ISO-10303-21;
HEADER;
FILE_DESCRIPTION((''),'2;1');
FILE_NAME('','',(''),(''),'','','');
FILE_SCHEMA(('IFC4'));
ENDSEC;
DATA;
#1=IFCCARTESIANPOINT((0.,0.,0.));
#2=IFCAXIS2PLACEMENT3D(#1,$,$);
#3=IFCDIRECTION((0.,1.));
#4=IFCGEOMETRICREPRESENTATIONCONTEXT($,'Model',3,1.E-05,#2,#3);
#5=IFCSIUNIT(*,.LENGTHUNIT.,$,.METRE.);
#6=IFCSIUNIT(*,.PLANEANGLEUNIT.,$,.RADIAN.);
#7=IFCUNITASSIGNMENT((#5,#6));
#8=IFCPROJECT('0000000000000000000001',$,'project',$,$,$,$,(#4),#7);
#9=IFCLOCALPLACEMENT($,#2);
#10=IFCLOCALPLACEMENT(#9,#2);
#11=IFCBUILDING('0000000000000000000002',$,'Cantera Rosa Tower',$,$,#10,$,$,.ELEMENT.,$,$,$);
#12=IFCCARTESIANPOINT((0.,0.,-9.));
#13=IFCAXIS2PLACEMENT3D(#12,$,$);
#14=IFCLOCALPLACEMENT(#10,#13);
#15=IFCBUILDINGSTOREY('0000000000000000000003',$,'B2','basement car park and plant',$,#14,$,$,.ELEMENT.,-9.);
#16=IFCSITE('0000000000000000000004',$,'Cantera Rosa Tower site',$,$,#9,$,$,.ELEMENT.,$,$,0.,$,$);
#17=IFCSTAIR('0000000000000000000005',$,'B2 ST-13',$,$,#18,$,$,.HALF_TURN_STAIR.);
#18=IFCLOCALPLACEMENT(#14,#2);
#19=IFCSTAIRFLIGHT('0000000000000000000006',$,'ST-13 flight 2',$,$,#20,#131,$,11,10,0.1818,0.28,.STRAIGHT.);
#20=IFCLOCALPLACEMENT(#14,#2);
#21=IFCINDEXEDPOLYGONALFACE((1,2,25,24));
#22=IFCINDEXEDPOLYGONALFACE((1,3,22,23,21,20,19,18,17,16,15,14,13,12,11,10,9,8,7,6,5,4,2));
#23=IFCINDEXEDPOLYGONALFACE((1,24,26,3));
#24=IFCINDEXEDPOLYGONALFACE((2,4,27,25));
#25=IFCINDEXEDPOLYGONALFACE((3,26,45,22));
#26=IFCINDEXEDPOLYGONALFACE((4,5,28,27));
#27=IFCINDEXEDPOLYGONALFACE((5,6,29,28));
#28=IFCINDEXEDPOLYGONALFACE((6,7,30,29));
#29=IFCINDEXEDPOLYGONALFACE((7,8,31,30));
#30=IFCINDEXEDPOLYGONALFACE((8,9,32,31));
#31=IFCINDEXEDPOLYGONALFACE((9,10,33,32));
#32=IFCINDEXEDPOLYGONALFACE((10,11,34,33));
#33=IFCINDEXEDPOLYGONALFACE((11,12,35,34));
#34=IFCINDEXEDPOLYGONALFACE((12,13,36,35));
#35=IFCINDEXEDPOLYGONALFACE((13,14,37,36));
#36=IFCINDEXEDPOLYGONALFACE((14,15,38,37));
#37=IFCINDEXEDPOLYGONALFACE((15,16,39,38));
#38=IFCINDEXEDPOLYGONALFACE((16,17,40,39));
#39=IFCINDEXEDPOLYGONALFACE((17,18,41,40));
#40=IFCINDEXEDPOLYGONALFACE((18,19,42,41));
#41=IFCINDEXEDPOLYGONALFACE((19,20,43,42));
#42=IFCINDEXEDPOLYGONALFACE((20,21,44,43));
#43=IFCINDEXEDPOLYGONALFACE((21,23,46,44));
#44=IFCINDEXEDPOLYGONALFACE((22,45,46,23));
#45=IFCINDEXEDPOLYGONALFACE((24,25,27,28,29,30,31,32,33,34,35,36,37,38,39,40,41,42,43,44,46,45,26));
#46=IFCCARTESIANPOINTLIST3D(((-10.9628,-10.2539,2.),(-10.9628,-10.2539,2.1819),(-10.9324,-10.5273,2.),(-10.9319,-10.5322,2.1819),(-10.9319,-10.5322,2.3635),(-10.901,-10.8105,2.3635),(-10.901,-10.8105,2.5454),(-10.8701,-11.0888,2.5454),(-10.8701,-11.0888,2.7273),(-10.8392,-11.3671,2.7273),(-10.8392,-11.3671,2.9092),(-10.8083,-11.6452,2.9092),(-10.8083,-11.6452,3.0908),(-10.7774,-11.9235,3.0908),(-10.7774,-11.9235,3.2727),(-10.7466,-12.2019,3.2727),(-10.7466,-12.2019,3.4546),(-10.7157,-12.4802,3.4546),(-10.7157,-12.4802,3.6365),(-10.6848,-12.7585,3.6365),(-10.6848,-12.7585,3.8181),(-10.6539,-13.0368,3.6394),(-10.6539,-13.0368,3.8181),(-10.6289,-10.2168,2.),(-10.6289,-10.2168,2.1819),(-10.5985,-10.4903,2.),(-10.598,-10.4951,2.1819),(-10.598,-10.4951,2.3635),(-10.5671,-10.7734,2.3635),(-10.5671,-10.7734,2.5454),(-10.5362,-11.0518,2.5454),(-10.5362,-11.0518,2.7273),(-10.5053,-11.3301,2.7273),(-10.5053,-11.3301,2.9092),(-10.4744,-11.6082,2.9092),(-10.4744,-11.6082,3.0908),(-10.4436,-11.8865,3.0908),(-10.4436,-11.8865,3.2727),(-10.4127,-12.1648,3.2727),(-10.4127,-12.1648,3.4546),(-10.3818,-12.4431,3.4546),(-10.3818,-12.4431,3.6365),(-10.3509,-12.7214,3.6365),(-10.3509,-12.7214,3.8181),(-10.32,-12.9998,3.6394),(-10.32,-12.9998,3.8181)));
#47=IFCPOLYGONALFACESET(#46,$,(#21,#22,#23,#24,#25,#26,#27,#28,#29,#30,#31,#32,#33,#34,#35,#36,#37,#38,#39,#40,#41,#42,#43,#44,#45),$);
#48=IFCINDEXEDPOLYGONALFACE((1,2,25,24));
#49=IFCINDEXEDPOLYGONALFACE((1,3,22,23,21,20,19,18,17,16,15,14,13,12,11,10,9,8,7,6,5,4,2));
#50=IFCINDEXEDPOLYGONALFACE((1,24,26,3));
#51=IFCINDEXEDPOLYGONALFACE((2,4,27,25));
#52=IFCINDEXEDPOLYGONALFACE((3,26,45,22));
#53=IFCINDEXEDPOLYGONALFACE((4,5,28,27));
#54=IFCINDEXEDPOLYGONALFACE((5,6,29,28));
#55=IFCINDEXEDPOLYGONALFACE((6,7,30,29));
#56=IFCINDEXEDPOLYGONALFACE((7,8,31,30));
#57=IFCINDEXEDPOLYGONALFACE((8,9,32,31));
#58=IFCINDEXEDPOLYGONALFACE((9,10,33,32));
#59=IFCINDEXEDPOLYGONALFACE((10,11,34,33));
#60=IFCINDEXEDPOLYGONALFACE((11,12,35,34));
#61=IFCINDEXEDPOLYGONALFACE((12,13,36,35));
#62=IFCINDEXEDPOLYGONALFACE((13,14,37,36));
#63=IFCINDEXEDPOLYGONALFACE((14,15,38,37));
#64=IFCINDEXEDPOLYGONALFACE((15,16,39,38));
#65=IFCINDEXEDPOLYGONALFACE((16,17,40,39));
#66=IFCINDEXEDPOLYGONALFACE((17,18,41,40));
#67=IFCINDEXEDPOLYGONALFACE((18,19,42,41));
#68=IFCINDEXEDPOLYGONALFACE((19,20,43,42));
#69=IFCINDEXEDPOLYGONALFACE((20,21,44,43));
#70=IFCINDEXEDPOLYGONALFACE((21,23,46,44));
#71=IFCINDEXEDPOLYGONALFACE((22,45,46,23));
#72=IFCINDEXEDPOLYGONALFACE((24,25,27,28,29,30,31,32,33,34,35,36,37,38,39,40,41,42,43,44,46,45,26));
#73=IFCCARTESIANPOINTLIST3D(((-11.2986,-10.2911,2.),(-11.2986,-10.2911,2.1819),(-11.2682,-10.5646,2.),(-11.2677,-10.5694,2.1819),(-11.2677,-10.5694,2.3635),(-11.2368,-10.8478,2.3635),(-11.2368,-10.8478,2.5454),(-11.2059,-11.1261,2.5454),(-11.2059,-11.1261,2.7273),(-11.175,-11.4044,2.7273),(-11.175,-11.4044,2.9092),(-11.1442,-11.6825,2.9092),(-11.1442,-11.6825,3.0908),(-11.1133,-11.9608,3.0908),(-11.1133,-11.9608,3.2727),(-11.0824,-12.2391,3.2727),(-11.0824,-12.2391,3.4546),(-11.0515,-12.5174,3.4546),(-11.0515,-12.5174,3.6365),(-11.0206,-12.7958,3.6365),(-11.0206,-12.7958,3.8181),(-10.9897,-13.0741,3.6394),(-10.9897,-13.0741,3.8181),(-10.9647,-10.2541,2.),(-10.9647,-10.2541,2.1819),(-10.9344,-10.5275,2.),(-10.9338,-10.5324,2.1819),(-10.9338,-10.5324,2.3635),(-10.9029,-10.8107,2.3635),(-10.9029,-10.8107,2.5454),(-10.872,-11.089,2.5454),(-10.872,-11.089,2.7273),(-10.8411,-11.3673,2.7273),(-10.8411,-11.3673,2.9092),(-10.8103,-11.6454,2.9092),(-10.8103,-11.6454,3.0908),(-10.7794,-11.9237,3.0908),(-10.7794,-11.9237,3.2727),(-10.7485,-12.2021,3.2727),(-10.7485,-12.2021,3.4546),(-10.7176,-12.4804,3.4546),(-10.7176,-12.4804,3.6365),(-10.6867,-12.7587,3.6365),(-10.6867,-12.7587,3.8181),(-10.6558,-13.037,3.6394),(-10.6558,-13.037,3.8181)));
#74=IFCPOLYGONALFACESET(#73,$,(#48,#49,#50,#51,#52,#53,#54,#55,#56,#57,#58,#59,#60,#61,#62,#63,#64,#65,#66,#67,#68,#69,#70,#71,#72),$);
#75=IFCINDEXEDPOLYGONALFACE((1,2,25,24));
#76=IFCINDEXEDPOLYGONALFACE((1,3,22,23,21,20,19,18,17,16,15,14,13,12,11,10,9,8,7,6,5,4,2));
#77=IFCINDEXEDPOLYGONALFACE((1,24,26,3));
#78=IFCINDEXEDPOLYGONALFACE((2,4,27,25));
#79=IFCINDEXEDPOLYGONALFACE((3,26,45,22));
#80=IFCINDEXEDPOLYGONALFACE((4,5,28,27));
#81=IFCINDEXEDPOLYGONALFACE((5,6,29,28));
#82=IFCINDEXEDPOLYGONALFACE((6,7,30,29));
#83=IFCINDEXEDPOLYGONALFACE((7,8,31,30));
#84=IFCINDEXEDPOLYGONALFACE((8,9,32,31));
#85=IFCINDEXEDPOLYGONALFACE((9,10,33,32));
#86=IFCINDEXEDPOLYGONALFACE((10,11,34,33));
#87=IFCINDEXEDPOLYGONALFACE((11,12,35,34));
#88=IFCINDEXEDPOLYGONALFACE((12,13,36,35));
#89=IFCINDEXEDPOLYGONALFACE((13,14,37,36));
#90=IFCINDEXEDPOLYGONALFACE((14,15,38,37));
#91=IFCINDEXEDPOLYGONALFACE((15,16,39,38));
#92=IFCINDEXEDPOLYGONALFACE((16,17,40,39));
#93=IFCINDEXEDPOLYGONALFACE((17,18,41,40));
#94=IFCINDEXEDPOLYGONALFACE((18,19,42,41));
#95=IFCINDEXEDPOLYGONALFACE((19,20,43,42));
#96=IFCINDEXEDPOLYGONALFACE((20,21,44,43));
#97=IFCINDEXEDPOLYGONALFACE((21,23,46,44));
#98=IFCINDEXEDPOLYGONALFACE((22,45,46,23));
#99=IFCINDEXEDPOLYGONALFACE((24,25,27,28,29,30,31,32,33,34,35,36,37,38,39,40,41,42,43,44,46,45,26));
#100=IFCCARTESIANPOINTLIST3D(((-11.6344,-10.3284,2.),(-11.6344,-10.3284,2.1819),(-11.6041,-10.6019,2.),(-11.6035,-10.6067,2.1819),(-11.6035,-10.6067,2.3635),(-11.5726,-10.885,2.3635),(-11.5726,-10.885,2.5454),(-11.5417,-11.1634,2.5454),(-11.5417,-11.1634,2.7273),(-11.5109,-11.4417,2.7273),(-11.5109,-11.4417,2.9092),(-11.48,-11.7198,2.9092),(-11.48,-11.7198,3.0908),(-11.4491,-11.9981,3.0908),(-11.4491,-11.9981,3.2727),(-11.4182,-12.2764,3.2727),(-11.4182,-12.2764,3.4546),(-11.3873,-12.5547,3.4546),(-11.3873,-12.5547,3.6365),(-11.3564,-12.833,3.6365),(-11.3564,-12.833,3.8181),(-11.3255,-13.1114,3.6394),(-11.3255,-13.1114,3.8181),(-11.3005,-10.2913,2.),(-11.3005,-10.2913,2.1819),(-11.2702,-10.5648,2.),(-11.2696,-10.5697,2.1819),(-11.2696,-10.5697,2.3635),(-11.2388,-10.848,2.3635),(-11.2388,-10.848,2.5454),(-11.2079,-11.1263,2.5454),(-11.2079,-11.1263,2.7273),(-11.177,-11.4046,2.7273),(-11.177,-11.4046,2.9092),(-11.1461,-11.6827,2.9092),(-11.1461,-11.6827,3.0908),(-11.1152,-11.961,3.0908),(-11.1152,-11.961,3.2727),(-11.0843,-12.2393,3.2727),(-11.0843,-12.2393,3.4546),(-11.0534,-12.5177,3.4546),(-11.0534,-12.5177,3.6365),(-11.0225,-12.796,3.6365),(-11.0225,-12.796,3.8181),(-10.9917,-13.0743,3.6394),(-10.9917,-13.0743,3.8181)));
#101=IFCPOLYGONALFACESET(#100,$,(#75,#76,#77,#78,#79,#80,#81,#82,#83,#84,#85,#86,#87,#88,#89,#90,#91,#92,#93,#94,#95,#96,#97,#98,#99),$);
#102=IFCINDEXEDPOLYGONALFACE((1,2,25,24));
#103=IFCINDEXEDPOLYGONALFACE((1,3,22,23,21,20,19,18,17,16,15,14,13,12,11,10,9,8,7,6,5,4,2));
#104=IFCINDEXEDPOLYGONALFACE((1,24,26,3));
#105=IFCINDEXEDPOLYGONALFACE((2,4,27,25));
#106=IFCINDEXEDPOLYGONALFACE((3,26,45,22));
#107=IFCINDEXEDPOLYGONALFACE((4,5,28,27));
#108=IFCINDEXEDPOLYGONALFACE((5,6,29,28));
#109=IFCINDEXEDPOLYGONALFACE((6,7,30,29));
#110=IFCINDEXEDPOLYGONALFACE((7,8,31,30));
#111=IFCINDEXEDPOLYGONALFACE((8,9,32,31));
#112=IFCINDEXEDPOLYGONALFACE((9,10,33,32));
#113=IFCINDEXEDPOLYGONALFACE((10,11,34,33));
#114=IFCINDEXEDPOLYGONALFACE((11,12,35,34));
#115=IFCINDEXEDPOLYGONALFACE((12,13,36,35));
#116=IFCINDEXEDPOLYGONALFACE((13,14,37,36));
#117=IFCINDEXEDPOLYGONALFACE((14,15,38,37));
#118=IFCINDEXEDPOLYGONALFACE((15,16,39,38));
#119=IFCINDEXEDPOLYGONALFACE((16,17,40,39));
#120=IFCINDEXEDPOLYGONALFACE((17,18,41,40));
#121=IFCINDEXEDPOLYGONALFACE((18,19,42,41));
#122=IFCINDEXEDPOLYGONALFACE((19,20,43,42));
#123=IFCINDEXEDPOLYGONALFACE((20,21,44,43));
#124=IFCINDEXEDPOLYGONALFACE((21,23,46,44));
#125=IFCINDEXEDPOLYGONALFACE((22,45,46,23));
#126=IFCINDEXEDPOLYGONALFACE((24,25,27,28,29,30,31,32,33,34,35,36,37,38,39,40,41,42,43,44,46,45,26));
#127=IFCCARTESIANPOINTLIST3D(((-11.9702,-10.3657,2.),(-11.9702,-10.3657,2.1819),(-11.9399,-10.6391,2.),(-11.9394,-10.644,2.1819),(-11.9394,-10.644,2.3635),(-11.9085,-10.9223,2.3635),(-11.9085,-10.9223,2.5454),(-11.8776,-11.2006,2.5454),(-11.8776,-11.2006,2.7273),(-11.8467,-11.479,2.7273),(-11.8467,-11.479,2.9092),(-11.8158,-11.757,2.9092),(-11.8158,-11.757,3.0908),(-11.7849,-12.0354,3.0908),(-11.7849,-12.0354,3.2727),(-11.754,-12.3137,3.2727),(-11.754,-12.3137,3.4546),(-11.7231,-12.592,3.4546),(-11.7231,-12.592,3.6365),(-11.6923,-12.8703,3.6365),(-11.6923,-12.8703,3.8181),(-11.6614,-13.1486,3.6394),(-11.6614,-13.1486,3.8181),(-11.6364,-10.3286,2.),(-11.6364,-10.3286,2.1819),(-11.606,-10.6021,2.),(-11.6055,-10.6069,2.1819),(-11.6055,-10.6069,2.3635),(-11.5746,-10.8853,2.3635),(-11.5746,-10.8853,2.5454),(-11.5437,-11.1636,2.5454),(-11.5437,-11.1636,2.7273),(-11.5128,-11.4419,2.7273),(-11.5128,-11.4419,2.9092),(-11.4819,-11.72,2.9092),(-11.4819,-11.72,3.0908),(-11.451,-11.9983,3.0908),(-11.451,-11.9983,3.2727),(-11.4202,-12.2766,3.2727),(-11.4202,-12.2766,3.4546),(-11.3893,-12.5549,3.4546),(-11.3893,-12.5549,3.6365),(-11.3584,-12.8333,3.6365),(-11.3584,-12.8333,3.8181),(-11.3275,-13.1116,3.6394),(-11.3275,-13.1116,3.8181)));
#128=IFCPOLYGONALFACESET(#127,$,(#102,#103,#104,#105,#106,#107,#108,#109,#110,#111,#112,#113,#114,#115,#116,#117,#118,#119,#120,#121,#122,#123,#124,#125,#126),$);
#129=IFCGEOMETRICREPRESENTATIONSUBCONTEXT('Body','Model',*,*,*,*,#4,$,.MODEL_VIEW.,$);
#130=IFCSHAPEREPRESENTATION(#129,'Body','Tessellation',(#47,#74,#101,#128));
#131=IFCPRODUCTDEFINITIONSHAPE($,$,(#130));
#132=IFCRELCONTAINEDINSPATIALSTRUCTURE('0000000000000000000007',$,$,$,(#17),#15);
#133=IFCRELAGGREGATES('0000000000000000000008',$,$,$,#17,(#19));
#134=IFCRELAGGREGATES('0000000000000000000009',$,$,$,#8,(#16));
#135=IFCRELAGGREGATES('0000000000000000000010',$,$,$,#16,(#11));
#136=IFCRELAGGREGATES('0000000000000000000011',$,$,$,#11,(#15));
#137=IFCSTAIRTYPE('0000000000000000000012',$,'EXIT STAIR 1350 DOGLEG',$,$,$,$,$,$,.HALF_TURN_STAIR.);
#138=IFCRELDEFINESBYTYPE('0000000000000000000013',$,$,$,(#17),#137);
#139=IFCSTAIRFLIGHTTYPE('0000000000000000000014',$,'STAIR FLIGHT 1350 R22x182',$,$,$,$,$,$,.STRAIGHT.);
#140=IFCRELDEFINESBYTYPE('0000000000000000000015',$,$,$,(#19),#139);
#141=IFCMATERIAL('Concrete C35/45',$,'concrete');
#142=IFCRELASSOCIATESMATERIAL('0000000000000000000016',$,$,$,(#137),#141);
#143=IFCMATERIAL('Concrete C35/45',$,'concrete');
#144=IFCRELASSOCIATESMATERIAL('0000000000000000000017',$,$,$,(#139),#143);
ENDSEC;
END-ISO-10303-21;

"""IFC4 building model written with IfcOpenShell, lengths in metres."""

from ifc_helpers import new_model, si_unit, direction, frame, origin, place, context, subcontext, project, spatial, polyline, outline, extrude, material, type_object, element, aggregate, save


model = new_model("IFC4")

# Units and contexts
model_context = context("Model", 3, precision=1e-05, world=origin(), true_north=direction((0.0, 1.0)))
body_context = subcontext(model_context, "Body", "Model", "MODEL_VIEW")
ifc_project = project(units=[si_unit("LENGTHUNIT", "METRE"), si_unit("PLANEANGLEUNIT", "RADIAN")], contexts=[model_context])

# Site, building, storey
site_placement = place(None, origin())
site = spatial("IfcSite", under=ifc_project, at=site_placement, Name="Cantera Rosa Tower site", CompositionType="ELEMENT", RefElevation=0.0)
building_placement = place(site_placement, origin())
building = spatial("IfcBuilding", under=site, at=building_placement, Name="Cantera Rosa Tower", CompositionType="ELEMENT")
storey_placement = place(building_placement, frame((0.0, 0.0, -9.0)))
storey = spatial("IfcBuildingStorey", under=building, at=storey_placement, Name="B2", Description="basement car park and plant", CompositionType="ELEMENT", Elevation=-9.0)

# Stair, stair flight
ifc_material_1 = material(Name="Concrete C35/45", Category="concrete")
stair_type = type_object("IfcStairType", Name="EXIT STAIR 1350 DOGLEG", PredefinedType="HALF_TURN_STAIR", material=ifc_material_1)
stair_placement = place(storey_placement, origin())
stair = element("IfcStair", 1, at=stair_placement, inside=storey, type_object=stair_type, Name="B2 ST-13", PredefinedType="HALF_TURN_STAIR")
ifc_material_2 = material(Name="Concrete C35/45", Category="concrete")
stair_flight_type = type_object("IfcStairFlightType", Name="STAIR FLIGHT 1350 R22x182", PredefinedType="STRAIGHT", material=ifc_material_2)
stair_flight_1_placement = place(storey_placement, frame((-11.2998, -10.2913, 2.0), z_axis=(0.0, 0.0, 1.0), x_axis=(0.110313, -0.993897, 0.0)))
stair_flight_1 = element("IfcStairFlight", 2, at=stair_flight_1_placement, type_object=stair_flight_type, Name="ST-13 flight 2", NumberOfRisers=11, NumberOfTreads=10, PredefinedType="STRAIGHT", RiserHeight=0.1818, TreadLength=0.28, context=body_context, shape_type="SweptSolid", body=[
    extrude(outline(polyline([(0.0, 0.0), (0.0, 0.1819), (0.28, 0.1819), (0.28, 0.3635), (0.5601, 0.3635), (0.5601, 0.5454), (0.8401, 0.5454), (0.8401, 0.7273), (1.1201, 0.7273), (1.1201, 0.9092), (1.3999, 0.9092), (1.3999, 1.0908), (1.6799, 1.0908), (1.6799, 1.2727), (1.96, 1.2727), (1.96, 1.4546), (2.24, 1.4546), (2.24, 1.6365), (2.52, 1.6365), (2.52, 1.8181), (2.8, 1.8181), (2.8, 2.0), (2.8, 1.6394), (0.2751, 0.0), (0.0, 0.0)])), frame((0.0, 0.675, 0.0), z_axis=(0.0, -1.0, 0.0), x_axis=(1.0, 0.0, 0.0)), (0.0, 0.0, 1.0), 0.3359),
    extrude(outline(polyline([(0.0, 0.0), (0.0, 0.1819), (0.28, 0.1819), (0.28, 0.3635), (0.5601, 0.3635), (0.5601, 0.5454), (0.8401, 0.5454), (0.8401, 0.7273), (1.1201, 0.7273), (1.1201, 0.9092), (1.3999, 0.9092), (1.3999, 1.0908), (1.6799, 1.0908), (1.6799, 1.2727), (1.96, 1.2727), (1.96, 1.4546), (2.24, 1.4546), (2.24, 1.6365), (2.52, 1.6365), (2.52, 1.8181), (2.8, 1.8181), (2.8, 2.0), (2.8, 1.6394), (0.2751, 0.0), (0.0, 0.0)])), frame((0.0, 0.3372, 0.0), z_axis=(0.0, -1.0, 0.0), x_axis=(1.0, 0.0, 0.0)), (0.0, 0.0, 1.0), 0.3359),
    extrude(outline(polyline([(0.0, 0.0), (0.0, 0.1819), (0.28, 0.1819), (0.28, 0.3635), (0.5601, 0.3635), (0.5601, 0.5454), (0.8401, 0.5454), (0.8401, 0.7273), (1.1201, 0.7273), (1.1201, 0.9092), (1.3999, 0.9092), (1.3999, 1.0908), (1.6799, 1.0908), (1.6799, 1.2727), (1.96, 1.2727), (1.96, 1.4546), (2.24, 1.4546), (2.24, 1.6365), (2.52, 1.6365), (2.52, 1.8181), (2.8, 1.8181), (2.8, 2.0), (2.8, 1.6394), (0.2751, 0.0), (0.0, 0.0)])), frame((0.0, -0.0007, 0.0), z_axis=(0.0, -1.0, 0.0), x_axis=(1.0, 0.0, 0.0)), (0.0, 0.0, 1.0), 0.3359),
    extrude(outline(polyline([(0.0, 0.0), (0.0, 0.1819), (0.28, 0.1819), (0.28, 0.3635), (0.5601, 0.3635), (0.5601, 0.5454), (0.8401, 0.5454), (0.8401, 0.7273), (1.1201, 0.7273), (1.1201, 0.9092), (1.3999, 0.9092), (1.3999, 1.0908), (1.6799, 1.0908), (1.6799, 1.2727), (1.96, 1.2727), (1.96, 1.4546), (2.24, 1.4546), (2.24, 1.6365), (2.52, 1.6365), (2.52, 1.8181), (2.8, 1.8181), (2.8, 2.0), (2.8, 1.6394), (0.2751, 0.0), (0.0, 0.0)])), frame((0.0, -0.3386, 0.0), z_axis=(0.0, -1.0, 0.0), x_axis=(1.0, 0.0, 0.0)), (0.0, 0.0, 1.0), 0.3359),
])
aggregate(stair, [stair_flight_1])

save(model, "model.ifc")
